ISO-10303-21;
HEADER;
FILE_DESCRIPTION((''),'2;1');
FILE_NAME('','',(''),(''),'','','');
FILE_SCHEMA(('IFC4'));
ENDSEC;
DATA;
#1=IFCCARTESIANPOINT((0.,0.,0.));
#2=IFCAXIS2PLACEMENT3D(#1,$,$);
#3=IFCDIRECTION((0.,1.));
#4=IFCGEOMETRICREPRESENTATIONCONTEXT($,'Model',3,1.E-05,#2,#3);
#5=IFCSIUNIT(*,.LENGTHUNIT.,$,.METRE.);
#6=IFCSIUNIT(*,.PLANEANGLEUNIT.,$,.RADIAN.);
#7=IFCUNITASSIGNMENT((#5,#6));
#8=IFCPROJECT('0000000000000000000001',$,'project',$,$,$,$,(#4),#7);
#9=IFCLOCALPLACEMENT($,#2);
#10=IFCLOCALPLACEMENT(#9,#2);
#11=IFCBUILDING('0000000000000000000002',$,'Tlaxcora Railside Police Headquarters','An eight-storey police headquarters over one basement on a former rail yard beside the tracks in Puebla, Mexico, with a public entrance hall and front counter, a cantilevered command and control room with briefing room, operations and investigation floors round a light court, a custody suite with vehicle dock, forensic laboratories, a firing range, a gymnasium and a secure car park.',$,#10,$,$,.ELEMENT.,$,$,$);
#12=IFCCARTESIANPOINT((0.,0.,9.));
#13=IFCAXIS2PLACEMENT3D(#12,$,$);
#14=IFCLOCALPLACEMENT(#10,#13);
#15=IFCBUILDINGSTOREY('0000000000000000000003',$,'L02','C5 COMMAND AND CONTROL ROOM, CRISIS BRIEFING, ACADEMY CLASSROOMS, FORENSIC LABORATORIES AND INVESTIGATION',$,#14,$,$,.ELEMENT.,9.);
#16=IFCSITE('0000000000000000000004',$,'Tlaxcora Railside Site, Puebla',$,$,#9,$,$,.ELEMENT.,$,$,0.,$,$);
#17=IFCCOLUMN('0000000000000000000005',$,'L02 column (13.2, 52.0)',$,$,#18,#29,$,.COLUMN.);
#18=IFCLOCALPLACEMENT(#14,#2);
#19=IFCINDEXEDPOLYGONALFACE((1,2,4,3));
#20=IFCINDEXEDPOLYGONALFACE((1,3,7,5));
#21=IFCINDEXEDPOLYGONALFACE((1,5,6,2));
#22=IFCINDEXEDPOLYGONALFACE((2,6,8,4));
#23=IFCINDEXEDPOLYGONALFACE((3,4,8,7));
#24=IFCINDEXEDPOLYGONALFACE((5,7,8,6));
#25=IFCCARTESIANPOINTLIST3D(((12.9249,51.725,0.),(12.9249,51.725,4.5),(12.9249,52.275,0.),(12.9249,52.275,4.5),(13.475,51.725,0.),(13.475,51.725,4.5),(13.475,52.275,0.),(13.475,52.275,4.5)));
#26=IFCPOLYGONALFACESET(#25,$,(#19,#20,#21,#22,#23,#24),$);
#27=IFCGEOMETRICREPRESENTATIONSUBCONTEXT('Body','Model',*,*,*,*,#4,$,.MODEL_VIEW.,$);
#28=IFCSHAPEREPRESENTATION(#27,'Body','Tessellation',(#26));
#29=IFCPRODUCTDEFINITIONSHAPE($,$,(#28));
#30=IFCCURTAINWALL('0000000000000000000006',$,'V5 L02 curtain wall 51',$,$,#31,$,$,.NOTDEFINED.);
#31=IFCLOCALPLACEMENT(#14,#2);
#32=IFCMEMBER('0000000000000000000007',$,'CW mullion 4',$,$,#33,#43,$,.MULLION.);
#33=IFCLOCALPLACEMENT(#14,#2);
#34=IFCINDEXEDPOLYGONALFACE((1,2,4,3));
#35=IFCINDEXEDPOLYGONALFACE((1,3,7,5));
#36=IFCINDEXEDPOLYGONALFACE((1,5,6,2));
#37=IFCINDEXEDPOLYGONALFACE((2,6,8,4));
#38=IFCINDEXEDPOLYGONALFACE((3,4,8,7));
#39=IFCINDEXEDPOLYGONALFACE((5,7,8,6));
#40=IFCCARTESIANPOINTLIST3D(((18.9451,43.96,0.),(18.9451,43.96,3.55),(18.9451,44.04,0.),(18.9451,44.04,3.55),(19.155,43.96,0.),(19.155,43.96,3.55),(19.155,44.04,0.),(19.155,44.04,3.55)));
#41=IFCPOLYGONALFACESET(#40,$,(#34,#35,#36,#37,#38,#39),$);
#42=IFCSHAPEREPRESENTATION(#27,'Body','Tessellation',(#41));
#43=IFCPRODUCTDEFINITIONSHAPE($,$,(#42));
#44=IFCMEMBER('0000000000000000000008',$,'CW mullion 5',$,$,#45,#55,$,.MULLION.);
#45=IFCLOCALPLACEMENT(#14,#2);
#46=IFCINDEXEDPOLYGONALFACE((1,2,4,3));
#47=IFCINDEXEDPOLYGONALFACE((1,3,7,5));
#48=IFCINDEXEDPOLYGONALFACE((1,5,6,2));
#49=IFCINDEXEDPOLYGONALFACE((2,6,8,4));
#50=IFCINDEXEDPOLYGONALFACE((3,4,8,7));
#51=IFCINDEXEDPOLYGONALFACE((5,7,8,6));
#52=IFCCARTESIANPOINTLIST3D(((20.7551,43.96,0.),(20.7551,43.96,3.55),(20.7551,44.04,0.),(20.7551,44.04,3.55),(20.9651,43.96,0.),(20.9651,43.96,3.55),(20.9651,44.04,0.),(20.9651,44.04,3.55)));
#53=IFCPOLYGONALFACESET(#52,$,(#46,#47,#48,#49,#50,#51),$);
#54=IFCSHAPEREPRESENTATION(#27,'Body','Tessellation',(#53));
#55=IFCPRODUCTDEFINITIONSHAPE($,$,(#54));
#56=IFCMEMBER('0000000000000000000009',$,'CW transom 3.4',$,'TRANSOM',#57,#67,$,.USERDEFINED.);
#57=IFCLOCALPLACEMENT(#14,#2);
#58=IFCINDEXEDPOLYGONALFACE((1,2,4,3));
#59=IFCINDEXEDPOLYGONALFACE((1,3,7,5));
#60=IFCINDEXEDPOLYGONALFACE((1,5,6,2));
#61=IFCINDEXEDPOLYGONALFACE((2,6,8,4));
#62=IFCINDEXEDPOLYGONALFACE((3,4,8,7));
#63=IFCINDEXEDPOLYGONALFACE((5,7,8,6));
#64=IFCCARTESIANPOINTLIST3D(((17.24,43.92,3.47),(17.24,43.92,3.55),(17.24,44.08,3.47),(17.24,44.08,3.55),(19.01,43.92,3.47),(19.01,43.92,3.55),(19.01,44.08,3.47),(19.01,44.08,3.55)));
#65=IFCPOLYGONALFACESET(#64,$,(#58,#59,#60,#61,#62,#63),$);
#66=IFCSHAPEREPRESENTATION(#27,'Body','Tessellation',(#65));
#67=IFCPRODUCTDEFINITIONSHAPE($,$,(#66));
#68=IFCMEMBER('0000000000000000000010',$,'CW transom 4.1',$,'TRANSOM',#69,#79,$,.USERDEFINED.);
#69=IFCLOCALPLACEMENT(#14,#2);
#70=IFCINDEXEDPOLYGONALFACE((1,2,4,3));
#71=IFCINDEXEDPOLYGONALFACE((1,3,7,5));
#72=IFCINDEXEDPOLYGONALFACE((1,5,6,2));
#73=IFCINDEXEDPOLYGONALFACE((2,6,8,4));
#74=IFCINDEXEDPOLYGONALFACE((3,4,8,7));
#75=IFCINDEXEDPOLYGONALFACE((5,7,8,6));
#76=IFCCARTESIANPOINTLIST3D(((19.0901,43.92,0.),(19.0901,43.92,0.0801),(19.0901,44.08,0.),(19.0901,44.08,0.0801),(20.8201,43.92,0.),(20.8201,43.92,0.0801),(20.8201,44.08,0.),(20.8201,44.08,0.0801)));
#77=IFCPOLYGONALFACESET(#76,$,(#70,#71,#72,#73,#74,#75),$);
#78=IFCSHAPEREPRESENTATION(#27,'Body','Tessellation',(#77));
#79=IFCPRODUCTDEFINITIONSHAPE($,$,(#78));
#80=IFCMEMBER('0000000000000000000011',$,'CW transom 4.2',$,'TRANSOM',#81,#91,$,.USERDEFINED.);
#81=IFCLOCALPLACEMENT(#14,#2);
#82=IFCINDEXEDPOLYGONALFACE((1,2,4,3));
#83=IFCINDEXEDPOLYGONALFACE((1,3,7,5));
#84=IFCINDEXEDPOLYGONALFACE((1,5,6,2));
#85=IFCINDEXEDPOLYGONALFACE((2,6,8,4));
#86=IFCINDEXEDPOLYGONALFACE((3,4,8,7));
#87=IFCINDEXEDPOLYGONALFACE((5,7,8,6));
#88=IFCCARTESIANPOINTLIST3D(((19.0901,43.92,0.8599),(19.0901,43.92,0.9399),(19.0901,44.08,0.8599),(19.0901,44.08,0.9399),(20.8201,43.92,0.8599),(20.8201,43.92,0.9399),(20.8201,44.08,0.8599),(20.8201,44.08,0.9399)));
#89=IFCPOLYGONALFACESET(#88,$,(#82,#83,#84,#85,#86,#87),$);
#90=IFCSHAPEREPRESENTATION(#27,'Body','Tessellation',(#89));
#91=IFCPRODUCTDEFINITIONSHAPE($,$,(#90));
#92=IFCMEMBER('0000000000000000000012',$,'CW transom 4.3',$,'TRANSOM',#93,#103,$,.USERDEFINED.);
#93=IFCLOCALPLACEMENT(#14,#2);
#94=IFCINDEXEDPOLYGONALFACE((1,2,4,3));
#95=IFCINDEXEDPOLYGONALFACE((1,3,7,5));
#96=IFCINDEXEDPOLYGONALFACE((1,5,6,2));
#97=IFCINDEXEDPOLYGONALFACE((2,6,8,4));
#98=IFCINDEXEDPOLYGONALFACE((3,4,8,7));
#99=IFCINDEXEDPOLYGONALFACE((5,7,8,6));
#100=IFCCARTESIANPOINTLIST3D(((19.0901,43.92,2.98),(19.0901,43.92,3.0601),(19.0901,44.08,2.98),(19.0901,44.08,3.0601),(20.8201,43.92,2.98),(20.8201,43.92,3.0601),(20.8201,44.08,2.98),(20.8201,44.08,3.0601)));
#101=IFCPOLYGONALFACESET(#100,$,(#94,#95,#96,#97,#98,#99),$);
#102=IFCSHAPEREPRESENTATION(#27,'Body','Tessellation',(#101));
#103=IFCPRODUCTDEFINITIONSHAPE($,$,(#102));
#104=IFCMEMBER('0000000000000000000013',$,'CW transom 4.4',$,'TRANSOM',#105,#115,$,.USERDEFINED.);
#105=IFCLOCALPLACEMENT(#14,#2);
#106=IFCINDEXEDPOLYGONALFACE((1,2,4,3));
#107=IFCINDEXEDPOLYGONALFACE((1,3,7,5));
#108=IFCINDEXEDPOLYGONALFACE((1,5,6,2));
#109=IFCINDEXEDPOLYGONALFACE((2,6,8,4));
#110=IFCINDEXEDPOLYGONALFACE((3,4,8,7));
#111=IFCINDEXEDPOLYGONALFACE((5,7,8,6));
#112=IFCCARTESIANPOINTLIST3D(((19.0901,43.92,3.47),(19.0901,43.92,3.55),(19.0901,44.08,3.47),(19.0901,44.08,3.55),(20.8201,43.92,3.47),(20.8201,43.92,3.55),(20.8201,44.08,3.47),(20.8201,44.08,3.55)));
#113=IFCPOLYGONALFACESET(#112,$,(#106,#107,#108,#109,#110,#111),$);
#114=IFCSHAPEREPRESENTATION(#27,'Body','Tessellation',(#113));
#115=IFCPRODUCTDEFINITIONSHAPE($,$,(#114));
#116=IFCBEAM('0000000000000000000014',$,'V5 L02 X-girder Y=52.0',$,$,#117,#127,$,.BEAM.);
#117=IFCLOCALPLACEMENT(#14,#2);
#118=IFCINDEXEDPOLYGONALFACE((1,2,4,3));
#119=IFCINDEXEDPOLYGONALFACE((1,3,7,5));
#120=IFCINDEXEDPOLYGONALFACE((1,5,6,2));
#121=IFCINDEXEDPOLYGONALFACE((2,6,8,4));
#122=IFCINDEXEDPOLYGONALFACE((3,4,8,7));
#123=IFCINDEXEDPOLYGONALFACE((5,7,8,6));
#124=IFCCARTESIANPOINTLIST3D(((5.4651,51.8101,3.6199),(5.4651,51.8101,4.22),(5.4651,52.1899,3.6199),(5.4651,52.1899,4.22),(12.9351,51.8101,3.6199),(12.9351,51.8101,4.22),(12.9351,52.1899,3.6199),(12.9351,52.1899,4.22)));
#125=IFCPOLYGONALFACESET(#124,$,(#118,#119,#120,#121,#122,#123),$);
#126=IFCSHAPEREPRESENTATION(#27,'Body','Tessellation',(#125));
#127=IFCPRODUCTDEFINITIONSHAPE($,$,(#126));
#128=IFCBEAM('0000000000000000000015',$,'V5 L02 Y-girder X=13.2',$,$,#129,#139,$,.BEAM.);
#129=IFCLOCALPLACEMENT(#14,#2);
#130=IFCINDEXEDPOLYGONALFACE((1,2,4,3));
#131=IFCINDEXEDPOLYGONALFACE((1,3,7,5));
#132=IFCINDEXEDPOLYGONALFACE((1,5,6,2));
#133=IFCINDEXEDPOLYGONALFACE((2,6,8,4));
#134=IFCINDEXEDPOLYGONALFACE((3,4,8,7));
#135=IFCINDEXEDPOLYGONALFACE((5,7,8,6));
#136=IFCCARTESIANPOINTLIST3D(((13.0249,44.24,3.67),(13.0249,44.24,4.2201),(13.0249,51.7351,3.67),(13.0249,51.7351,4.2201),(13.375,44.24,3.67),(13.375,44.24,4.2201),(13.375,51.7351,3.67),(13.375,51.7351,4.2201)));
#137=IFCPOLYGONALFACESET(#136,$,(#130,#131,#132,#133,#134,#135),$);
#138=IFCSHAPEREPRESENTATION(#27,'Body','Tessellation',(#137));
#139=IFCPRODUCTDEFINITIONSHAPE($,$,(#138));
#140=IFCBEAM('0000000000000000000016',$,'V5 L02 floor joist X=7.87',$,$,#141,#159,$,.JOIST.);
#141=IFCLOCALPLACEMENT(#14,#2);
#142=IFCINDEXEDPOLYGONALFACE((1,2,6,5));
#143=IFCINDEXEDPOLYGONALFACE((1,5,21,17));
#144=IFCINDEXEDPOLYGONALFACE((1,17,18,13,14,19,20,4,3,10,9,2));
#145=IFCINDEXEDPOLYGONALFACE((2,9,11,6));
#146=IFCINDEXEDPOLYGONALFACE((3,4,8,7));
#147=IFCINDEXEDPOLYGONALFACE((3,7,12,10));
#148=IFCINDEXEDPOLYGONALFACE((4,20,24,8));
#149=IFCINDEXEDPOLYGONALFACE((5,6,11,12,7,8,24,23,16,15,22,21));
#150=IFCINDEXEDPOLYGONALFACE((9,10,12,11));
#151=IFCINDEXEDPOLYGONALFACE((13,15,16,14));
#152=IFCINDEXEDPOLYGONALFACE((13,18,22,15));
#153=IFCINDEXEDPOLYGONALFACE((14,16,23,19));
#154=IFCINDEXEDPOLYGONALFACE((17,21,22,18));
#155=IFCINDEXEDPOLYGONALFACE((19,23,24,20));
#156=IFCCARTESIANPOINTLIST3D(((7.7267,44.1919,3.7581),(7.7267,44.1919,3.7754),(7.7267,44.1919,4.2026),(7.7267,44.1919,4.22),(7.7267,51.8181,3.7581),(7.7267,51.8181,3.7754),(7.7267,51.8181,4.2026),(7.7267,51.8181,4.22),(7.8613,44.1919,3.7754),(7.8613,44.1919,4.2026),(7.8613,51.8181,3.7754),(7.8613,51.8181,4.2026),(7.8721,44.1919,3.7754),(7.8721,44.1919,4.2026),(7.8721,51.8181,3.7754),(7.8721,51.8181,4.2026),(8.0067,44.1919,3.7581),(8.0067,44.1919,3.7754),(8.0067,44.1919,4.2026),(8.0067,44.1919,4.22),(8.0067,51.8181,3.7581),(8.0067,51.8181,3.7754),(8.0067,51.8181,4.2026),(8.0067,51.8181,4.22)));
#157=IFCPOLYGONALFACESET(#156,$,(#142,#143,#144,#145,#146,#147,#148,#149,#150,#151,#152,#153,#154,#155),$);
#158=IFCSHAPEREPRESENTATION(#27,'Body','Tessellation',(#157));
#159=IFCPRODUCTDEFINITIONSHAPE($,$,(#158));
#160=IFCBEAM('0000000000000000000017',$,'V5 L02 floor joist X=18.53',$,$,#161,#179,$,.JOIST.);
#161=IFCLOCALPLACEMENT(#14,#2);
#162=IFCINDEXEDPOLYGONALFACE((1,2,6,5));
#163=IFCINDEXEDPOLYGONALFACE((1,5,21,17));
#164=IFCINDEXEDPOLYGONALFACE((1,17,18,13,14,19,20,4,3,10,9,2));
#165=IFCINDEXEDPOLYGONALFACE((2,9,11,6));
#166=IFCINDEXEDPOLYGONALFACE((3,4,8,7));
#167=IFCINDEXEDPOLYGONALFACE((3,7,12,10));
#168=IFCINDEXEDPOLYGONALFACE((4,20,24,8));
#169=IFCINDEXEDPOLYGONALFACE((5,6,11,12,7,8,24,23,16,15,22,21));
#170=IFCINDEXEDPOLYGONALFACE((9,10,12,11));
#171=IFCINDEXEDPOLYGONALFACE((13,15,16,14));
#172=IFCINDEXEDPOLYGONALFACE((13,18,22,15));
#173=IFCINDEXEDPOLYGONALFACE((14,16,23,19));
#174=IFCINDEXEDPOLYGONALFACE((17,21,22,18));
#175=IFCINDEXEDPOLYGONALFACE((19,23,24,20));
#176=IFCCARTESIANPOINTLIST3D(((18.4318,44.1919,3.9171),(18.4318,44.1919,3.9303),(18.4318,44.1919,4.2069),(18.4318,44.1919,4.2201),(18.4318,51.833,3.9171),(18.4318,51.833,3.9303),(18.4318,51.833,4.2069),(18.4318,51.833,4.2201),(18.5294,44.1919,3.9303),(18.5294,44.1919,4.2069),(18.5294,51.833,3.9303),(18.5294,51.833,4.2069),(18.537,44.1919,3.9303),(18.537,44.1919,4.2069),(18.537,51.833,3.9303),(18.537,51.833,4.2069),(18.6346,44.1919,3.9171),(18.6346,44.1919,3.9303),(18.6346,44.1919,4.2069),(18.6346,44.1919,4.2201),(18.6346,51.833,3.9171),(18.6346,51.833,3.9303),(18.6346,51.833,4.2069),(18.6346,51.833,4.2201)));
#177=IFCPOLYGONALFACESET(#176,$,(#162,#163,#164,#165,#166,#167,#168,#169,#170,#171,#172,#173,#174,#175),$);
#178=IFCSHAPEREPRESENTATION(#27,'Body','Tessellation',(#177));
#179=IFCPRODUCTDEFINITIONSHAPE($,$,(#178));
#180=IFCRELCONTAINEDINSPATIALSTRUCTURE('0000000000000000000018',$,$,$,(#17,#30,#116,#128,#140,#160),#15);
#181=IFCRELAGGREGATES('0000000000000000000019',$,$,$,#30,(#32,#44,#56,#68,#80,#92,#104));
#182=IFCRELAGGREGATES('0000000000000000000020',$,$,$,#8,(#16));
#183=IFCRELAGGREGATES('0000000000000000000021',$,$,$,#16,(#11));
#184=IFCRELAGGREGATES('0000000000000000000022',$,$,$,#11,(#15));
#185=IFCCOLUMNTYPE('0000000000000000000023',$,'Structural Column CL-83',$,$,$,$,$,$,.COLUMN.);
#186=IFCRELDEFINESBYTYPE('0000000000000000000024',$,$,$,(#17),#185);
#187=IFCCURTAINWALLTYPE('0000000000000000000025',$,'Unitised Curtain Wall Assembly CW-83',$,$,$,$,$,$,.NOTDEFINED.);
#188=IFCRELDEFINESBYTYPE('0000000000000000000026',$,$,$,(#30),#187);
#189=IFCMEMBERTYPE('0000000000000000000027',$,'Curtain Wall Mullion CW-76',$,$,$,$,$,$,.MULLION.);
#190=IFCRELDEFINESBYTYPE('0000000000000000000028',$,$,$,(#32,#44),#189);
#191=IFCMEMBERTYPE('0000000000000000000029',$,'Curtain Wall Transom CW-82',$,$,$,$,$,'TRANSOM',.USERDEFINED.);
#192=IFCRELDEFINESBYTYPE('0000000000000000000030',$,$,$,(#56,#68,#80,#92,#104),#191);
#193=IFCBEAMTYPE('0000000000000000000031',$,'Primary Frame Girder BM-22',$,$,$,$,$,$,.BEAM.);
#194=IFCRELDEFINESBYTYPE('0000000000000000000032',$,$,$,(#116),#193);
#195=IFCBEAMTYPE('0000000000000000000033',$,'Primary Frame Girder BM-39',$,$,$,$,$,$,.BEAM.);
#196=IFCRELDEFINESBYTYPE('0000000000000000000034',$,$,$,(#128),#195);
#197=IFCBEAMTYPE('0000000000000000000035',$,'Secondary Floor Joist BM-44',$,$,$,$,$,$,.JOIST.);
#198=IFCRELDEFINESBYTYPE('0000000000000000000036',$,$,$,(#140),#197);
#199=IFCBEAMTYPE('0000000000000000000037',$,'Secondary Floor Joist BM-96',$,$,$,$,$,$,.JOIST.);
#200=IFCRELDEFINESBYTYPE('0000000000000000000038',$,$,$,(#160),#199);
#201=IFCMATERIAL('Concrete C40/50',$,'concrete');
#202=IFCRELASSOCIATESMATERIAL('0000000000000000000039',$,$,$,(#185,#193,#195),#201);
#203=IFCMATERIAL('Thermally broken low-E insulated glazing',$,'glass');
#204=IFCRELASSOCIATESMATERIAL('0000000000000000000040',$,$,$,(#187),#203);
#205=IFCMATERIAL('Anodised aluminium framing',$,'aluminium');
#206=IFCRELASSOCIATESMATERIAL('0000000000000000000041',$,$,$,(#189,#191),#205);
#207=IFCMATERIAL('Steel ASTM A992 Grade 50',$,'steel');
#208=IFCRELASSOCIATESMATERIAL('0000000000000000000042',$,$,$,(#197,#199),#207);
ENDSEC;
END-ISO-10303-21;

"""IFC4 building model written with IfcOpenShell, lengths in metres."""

from ifc_helpers import new_model, si_unit, direction, frame, origin, origin_2d, place, context, subcontext, project, spatial, rectangle, i_section, extrude, material, material_profile, profile_set, type_object, element, aggregate, save


model = new_model("IFC4")

# Units and contexts
model_context = context("Model", 3, precision=1e-05, world=origin(), true_north=direction((0.0, 1.0)))
body_context = subcontext(model_context, "Body", "Model", "MODEL_VIEW")
ifc_project = project(units=[si_unit("LENGTHUNIT", "METRE"), si_unit("PLANEANGLEUNIT", "RADIAN")], contexts=[model_context])

# Site, building, storey
site_placement = place(None, origin())
site = spatial("IfcSite", under=ifc_project, at=site_placement, Name="Tlaxcora Railside Site, Puebla", CompositionType="ELEMENT", RefElevation=0.0)
building_placement = place(site_placement, origin())
building = spatial("IfcBuilding", under=site, at=building_placement, Name="Tlaxcora Railside Police Headquarters", Description="An eight-storey police headquarters over one basement on a former rail yard beside the tracks in Puebla, Mexico, with a public entrance hall and front counter, a cantilevered command and control room with briefing room, operations and investigation floors round a light court, a custody suite with vehicle dock, forensic laboratories, a firing range, a gymnasium and a secure car park.", CompositionType="ELEMENT")
storey_placement = place(building_placement, frame((0.0, 0.0, 9.0)))
storey = spatial("IfcBuildingStorey", under=building, at=storey_placement, Name="L02", Description="C5 COMMAND AND CONTROL ROOM, CRISIS BRIEFING, ACADEMY CLASSROOMS, FORENSIC LABORATORIES AND INVESTIGATION", CompositionType="ELEMENT", Elevation=9.0)

# Column
ifc_material_1 = material(Name="Concrete C40/50", Category="concrete")
ifc_material_profile_1 = material_profile(ifc_material_1, rectangle(XDim=0.55, YDim=0.55, at=origin_2d()), Name="RC550X550")
ifc_profile_set_1 = profile_set([ifc_material_profile_1], Name="Concrete C40/50")
column_type = type_object("IfcColumnType", Name="Structural Column CL-83", PredefinedType="COLUMN", material=ifc_profile_set_1)
column_placement = place(storey_placement, frame((13.2, 52.0, 0.0), z_axis=(0.0, 0.0, 1.0), x_axis=(1.0, 0.0, 0.0)))
element("IfcColumn", 1, at=column_placement, inside=storey, type_object=column_type, Name="L02 column (13.2, 52.0)", PredefinedType="COLUMN", context=body_context, shape_type="SweptSolid", body=[
    extrude(rectangle(XDim=0.55, YDim=0.55, at=origin_2d()), origin(), (0.0, 0.0, 1.0), 4.5),
])

# Curtain wall, members
ifc_material_2 = material(Name="Thermally broken low-E insulated glazing", Category="glass")
curtain_wall_type = type_object("IfcCurtainWallType", Name="Unitised Curtain Wall Assembly CW-83", PredefinedType="NOTDEFINED", material=ifc_material_2)
curtain_wall_placement = place(storey_placement, origin())
curtain_wall = element("IfcCurtainWall", 2, at=curtain_wall_placement, inside=storey, type_object=curtain_wall_type, Name="V5 L02 curtain wall 51", PredefinedType="NOTDEFINED")
ifc_material_3 = material(Name="Anodised aluminium framing", Category="aluminium")
ifc_material_profile_2 = material_profile(ifc_material_3, rectangle(XDim=0.0801, YDim=0.21, at=origin_2d()), Name="AL80X210")
ifc_profile_set_2 = profile_set([ifc_material_profile_2], Name="Anodised aluminium framing")
member_type_1 = type_object("IfcMemberType", Name="Curtain Wall Mullion CW-76", PredefinedType="MULLION", material=ifc_profile_set_2)
member_1_placement = place(storey_placement, frame((19.05, 44.0, 0.0), z_axis=(0.0, 0.0, 1.0), x_axis=(0.0, 1.0, 0.0)))
member_1 = element("IfcMember", 3, at=member_1_placement, type_object=member_type_1, Name="CW mullion 4", PredefinedType="MULLION", context=body_context, shape_type="SweptSolid", body=[
    extrude(rectangle(XDim=0.0801, YDim=0.21, at=origin_2d()), origin(), (0.0, 0.0, 1.0), 3.55),
])
member_2_placement = place(storey_placement, frame((20.8601, 44.0, 0.0), z_axis=(0.0, 0.0, 1.0), x_axis=(0.0, 1.0, 0.0)))
member_2 = element("IfcMember", 4, at=member_2_placement, type_object=member_type_1, Name="CW mullion 5", PredefinedType="MULLION", context=body_context, shape_type="SweptSolid", body=[
    extrude(rectangle(XDim=0.0801, YDim=0.21, at=origin_2d()), origin(), (0.0, 0.0, 1.0), 3.55),
])
ifc_material_profile_3 = material_profile(ifc_material_3, rectangle(XDim=0.1599, YDim=0.0801, at=origin_2d()), Name="AL80X160")
ifc_profile_set_3 = profile_set([ifc_material_profile_3], Name="Anodised aluminium framing")
member_type_2 = type_object("IfcMemberType", Name="Curtain Wall Transom CW-82", ElementType="TRANSOM", PredefinedType="USERDEFINED", material=ifc_profile_set_3)
member_3_placement = place(storey_placement, frame((17.24, 44.0, 3.51), z_axis=(1.0, 0.0, 0.0), x_axis=(0.0, 1.0, 0.0)))
member_3 = element("IfcMember", 5, at=member_3_placement, type_object=member_type_2, Name="CW transom 3.4", ObjectType="TRANSOM", PredefinedType="USERDEFINED", context=body_context, shape_type="SweptSolid", body=[
    extrude(rectangle(XDim=0.1599, YDim=0.0801, at=origin_2d()), origin(), (0.0, 0.0, 1.0), 1.77),
])
member_4_placement = place(storey_placement, frame((19.0901, 44.0, 0.04), z_axis=(1.0, 0.0, 0.0), x_axis=(0.0, 1.0, 0.0)))
member_4 = element("IfcMember", 6, at=member_4_placement, type_object=member_type_2, Name="CW transom 4.1", ObjectType="TRANSOM", PredefinedType="USERDEFINED", context=body_context, shape_type="SweptSolid", body=[
    extrude(rectangle(XDim=0.1599, YDim=0.0801, at=origin_2d()), origin(), (0.0, 0.0, 1.0), 1.73),
])
member_5_placement = place(storey_placement, frame((19.0901, 44.0, 0.8999), z_axis=(1.0, 0.0, 0.0), x_axis=(0.0, 1.0, 0.0)))
member_5 = element("IfcMember", 7, at=member_5_placement, type_object=member_type_2, Name="CW transom 4.2", ObjectType="TRANSOM", PredefinedType="USERDEFINED", context=body_context, shape_type="SweptSolid", body=[
    extrude(rectangle(XDim=0.1599, YDim=0.0801, at=origin_2d()), origin(), (0.0, 0.0, 1.0), 1.73),
])
member_6_placement = place(storey_placement, frame((19.0901, 44.0, 3.02), z_axis=(1.0, 0.0, 0.0), x_axis=(0.0, 1.0, 0.0)))
member_6 = element("IfcMember", 8, at=member_6_placement, type_object=member_type_2, Name="CW transom 4.3", ObjectType="TRANSOM", PredefinedType="USERDEFINED", context=body_context, shape_type="SweptSolid", body=[
    extrude(rectangle(XDim=0.1599, YDim=0.0801, at=origin_2d()), origin(), (0.0, 0.0, 1.0), 1.73),
])
member_7_placement = place(storey_placement, frame((19.0901, 44.0, 3.51), z_axis=(1.0, 0.0, 0.0), x_axis=(0.0, 1.0, 0.0)))
member_7 = element("IfcMember", 9, at=member_7_placement, type_object=member_type_2, Name="CW transom 4.4", ObjectType="TRANSOM", PredefinedType="USERDEFINED", context=body_context, shape_type="SweptSolid", body=[
    extrude(rectangle(XDim=0.1599, YDim=0.0801, at=origin_2d()), origin(), (0.0, 0.0, 1.0), 1.73),
])

# Beams
ifc_material_profile_4 = material_profile(ifc_material_1, rectangle(XDim=0.3799, YDim=0.6001, at=origin_2d()), Name="RC380X600")
ifc_profile_set_4 = profile_set([ifc_material_profile_4], Name="Concrete C40/50")
beam_type_1 = type_object("IfcBeamType", Name="Primary Frame Girder BM-22", PredefinedType="BEAM", material=ifc_profile_set_4)
beam_1_placement = place(storey_placement, frame((5.4651, 52.0, 3.9199), z_axis=(1.0, 0.0, 0.0), x_axis=(0.0, 1.0, 0.0)))
element("IfcBeam", 10, at=beam_1_placement, inside=storey, type_object=beam_type_1, Name="V5 L02 X-girder Y=52.0", PredefinedType="BEAM", context=body_context, shape_type="SweptSolid", body=[
    extrude(rectangle(XDim=0.3799, YDim=0.6001, at=origin_2d()), origin(), (0.0, 0.0, 1.0), 7.47),
])
ifc_material_profile_5 = material_profile(ifc_material_1, rectangle(XDim=0.3501, YDim=0.55, at=origin_2d()), Name="RC350X550")
ifc_profile_set_5 = profile_set([ifc_material_profile_5], Name="Concrete C40/50")
beam_type_2 = type_object("IfcBeamType", Name="Primary Frame Girder BM-39", PredefinedType="BEAM", material=ifc_profile_set_5)
beam_2_placement = place(storey_placement, frame((13.2, 44.24, 3.9451), z_axis=(0.0, 1.0, 0.0), x_axis=(-1.0, 0.0, 0.0)))
element("IfcBeam", 11, at=beam_2_placement, inside=storey, type_object=beam_type_2, Name="V5 L02 Y-girder X=13.2", PredefinedType="BEAM", context=body_context, shape_type="SweptSolid", body=[
    extrude(rectangle(XDim=0.3501, YDim=0.55, at=origin_2d()), origin(), (0.0, 0.0, 1.0), 7.4951),
])
ifc_material_4 = material(Name="Steel ASTM A992 Grade 50", Category="steel")
ifc_material_profile_6 = material_profile(ifc_material_4, i_section(OverallWidth=0.28, OverallDepth=0.4619, WebThickness=0.0107, FlangeThickness=0.0173, at=origin_2d()), Name="W18X76")
ifc_profile_set_6 = profile_set([ifc_material_profile_6], Name="Steel ASTM A992 Grade 50")
beam_type_3 = type_object("IfcBeamType", Name="Secondary Floor Joist BM-44", PredefinedType="JOIST", material=ifc_profile_set_6)
beam_3_placement = place(storey_placement, frame((7.8667, 44.1919, 3.989), z_axis=(0.0, 1.0, 0.0), x_axis=(-1.0, 0.0, 0.0)))
element("IfcBeam", 12, at=beam_3_placement, inside=storey, type_object=beam_type_3, Name="V5 L02 floor joist X=7.87", PredefinedType="JOIST", context=body_context, shape_type="SweptSolid", body=[
    extrude(i_section(OverallWidth=0.28, OverallDepth=0.4619, WebThickness=0.0107, FlangeThickness=0.0173, at=origin_2d()), origin(), (0.0, 0.0, 1.0), 7.6262),
])
ifc_material_profile_7 = material_profile(ifc_material_4, i_section(OverallWidth=0.2029, OverallDepth=0.303, WebThickness=0.0076, FlangeThickness=0.0132, at=origin_2d()), Name="W12X40")
ifc_profile_set_7 = profile_set([ifc_material_profile_7], Name="Steel ASTM A992 Grade 50")
beam_type_4 = type_object("IfcBeamType", Name="Secondary Floor Joist BM-96", PredefinedType="JOIST", material=ifc_profile_set_7)
beam_4_placement = place(storey_placement, frame((18.5332, 44.1919, 4.0686), z_axis=(0.0, 1.0, 0.0), x_axis=(-1.0, 0.0, 0.0)))
element("IfcBeam", 13, at=beam_4_placement, inside=storey, type_object=beam_type_4, Name="V5 L02 floor joist X=18.53", PredefinedType="JOIST", context=body_context, shape_type="SweptSolid", body=[
    extrude(i_section(OverallWidth=0.2029, OverallDepth=0.303, WebThickness=0.0076, FlangeThickness=0.0132, at=origin_2d()), origin(), (0.0, 0.0, 1.0), 7.6411),
])

aggregate(curtain_wall, [member_1, member_2, member_3, member_4, member_5, member_6, member_7])

save(model, "model.ifc")
